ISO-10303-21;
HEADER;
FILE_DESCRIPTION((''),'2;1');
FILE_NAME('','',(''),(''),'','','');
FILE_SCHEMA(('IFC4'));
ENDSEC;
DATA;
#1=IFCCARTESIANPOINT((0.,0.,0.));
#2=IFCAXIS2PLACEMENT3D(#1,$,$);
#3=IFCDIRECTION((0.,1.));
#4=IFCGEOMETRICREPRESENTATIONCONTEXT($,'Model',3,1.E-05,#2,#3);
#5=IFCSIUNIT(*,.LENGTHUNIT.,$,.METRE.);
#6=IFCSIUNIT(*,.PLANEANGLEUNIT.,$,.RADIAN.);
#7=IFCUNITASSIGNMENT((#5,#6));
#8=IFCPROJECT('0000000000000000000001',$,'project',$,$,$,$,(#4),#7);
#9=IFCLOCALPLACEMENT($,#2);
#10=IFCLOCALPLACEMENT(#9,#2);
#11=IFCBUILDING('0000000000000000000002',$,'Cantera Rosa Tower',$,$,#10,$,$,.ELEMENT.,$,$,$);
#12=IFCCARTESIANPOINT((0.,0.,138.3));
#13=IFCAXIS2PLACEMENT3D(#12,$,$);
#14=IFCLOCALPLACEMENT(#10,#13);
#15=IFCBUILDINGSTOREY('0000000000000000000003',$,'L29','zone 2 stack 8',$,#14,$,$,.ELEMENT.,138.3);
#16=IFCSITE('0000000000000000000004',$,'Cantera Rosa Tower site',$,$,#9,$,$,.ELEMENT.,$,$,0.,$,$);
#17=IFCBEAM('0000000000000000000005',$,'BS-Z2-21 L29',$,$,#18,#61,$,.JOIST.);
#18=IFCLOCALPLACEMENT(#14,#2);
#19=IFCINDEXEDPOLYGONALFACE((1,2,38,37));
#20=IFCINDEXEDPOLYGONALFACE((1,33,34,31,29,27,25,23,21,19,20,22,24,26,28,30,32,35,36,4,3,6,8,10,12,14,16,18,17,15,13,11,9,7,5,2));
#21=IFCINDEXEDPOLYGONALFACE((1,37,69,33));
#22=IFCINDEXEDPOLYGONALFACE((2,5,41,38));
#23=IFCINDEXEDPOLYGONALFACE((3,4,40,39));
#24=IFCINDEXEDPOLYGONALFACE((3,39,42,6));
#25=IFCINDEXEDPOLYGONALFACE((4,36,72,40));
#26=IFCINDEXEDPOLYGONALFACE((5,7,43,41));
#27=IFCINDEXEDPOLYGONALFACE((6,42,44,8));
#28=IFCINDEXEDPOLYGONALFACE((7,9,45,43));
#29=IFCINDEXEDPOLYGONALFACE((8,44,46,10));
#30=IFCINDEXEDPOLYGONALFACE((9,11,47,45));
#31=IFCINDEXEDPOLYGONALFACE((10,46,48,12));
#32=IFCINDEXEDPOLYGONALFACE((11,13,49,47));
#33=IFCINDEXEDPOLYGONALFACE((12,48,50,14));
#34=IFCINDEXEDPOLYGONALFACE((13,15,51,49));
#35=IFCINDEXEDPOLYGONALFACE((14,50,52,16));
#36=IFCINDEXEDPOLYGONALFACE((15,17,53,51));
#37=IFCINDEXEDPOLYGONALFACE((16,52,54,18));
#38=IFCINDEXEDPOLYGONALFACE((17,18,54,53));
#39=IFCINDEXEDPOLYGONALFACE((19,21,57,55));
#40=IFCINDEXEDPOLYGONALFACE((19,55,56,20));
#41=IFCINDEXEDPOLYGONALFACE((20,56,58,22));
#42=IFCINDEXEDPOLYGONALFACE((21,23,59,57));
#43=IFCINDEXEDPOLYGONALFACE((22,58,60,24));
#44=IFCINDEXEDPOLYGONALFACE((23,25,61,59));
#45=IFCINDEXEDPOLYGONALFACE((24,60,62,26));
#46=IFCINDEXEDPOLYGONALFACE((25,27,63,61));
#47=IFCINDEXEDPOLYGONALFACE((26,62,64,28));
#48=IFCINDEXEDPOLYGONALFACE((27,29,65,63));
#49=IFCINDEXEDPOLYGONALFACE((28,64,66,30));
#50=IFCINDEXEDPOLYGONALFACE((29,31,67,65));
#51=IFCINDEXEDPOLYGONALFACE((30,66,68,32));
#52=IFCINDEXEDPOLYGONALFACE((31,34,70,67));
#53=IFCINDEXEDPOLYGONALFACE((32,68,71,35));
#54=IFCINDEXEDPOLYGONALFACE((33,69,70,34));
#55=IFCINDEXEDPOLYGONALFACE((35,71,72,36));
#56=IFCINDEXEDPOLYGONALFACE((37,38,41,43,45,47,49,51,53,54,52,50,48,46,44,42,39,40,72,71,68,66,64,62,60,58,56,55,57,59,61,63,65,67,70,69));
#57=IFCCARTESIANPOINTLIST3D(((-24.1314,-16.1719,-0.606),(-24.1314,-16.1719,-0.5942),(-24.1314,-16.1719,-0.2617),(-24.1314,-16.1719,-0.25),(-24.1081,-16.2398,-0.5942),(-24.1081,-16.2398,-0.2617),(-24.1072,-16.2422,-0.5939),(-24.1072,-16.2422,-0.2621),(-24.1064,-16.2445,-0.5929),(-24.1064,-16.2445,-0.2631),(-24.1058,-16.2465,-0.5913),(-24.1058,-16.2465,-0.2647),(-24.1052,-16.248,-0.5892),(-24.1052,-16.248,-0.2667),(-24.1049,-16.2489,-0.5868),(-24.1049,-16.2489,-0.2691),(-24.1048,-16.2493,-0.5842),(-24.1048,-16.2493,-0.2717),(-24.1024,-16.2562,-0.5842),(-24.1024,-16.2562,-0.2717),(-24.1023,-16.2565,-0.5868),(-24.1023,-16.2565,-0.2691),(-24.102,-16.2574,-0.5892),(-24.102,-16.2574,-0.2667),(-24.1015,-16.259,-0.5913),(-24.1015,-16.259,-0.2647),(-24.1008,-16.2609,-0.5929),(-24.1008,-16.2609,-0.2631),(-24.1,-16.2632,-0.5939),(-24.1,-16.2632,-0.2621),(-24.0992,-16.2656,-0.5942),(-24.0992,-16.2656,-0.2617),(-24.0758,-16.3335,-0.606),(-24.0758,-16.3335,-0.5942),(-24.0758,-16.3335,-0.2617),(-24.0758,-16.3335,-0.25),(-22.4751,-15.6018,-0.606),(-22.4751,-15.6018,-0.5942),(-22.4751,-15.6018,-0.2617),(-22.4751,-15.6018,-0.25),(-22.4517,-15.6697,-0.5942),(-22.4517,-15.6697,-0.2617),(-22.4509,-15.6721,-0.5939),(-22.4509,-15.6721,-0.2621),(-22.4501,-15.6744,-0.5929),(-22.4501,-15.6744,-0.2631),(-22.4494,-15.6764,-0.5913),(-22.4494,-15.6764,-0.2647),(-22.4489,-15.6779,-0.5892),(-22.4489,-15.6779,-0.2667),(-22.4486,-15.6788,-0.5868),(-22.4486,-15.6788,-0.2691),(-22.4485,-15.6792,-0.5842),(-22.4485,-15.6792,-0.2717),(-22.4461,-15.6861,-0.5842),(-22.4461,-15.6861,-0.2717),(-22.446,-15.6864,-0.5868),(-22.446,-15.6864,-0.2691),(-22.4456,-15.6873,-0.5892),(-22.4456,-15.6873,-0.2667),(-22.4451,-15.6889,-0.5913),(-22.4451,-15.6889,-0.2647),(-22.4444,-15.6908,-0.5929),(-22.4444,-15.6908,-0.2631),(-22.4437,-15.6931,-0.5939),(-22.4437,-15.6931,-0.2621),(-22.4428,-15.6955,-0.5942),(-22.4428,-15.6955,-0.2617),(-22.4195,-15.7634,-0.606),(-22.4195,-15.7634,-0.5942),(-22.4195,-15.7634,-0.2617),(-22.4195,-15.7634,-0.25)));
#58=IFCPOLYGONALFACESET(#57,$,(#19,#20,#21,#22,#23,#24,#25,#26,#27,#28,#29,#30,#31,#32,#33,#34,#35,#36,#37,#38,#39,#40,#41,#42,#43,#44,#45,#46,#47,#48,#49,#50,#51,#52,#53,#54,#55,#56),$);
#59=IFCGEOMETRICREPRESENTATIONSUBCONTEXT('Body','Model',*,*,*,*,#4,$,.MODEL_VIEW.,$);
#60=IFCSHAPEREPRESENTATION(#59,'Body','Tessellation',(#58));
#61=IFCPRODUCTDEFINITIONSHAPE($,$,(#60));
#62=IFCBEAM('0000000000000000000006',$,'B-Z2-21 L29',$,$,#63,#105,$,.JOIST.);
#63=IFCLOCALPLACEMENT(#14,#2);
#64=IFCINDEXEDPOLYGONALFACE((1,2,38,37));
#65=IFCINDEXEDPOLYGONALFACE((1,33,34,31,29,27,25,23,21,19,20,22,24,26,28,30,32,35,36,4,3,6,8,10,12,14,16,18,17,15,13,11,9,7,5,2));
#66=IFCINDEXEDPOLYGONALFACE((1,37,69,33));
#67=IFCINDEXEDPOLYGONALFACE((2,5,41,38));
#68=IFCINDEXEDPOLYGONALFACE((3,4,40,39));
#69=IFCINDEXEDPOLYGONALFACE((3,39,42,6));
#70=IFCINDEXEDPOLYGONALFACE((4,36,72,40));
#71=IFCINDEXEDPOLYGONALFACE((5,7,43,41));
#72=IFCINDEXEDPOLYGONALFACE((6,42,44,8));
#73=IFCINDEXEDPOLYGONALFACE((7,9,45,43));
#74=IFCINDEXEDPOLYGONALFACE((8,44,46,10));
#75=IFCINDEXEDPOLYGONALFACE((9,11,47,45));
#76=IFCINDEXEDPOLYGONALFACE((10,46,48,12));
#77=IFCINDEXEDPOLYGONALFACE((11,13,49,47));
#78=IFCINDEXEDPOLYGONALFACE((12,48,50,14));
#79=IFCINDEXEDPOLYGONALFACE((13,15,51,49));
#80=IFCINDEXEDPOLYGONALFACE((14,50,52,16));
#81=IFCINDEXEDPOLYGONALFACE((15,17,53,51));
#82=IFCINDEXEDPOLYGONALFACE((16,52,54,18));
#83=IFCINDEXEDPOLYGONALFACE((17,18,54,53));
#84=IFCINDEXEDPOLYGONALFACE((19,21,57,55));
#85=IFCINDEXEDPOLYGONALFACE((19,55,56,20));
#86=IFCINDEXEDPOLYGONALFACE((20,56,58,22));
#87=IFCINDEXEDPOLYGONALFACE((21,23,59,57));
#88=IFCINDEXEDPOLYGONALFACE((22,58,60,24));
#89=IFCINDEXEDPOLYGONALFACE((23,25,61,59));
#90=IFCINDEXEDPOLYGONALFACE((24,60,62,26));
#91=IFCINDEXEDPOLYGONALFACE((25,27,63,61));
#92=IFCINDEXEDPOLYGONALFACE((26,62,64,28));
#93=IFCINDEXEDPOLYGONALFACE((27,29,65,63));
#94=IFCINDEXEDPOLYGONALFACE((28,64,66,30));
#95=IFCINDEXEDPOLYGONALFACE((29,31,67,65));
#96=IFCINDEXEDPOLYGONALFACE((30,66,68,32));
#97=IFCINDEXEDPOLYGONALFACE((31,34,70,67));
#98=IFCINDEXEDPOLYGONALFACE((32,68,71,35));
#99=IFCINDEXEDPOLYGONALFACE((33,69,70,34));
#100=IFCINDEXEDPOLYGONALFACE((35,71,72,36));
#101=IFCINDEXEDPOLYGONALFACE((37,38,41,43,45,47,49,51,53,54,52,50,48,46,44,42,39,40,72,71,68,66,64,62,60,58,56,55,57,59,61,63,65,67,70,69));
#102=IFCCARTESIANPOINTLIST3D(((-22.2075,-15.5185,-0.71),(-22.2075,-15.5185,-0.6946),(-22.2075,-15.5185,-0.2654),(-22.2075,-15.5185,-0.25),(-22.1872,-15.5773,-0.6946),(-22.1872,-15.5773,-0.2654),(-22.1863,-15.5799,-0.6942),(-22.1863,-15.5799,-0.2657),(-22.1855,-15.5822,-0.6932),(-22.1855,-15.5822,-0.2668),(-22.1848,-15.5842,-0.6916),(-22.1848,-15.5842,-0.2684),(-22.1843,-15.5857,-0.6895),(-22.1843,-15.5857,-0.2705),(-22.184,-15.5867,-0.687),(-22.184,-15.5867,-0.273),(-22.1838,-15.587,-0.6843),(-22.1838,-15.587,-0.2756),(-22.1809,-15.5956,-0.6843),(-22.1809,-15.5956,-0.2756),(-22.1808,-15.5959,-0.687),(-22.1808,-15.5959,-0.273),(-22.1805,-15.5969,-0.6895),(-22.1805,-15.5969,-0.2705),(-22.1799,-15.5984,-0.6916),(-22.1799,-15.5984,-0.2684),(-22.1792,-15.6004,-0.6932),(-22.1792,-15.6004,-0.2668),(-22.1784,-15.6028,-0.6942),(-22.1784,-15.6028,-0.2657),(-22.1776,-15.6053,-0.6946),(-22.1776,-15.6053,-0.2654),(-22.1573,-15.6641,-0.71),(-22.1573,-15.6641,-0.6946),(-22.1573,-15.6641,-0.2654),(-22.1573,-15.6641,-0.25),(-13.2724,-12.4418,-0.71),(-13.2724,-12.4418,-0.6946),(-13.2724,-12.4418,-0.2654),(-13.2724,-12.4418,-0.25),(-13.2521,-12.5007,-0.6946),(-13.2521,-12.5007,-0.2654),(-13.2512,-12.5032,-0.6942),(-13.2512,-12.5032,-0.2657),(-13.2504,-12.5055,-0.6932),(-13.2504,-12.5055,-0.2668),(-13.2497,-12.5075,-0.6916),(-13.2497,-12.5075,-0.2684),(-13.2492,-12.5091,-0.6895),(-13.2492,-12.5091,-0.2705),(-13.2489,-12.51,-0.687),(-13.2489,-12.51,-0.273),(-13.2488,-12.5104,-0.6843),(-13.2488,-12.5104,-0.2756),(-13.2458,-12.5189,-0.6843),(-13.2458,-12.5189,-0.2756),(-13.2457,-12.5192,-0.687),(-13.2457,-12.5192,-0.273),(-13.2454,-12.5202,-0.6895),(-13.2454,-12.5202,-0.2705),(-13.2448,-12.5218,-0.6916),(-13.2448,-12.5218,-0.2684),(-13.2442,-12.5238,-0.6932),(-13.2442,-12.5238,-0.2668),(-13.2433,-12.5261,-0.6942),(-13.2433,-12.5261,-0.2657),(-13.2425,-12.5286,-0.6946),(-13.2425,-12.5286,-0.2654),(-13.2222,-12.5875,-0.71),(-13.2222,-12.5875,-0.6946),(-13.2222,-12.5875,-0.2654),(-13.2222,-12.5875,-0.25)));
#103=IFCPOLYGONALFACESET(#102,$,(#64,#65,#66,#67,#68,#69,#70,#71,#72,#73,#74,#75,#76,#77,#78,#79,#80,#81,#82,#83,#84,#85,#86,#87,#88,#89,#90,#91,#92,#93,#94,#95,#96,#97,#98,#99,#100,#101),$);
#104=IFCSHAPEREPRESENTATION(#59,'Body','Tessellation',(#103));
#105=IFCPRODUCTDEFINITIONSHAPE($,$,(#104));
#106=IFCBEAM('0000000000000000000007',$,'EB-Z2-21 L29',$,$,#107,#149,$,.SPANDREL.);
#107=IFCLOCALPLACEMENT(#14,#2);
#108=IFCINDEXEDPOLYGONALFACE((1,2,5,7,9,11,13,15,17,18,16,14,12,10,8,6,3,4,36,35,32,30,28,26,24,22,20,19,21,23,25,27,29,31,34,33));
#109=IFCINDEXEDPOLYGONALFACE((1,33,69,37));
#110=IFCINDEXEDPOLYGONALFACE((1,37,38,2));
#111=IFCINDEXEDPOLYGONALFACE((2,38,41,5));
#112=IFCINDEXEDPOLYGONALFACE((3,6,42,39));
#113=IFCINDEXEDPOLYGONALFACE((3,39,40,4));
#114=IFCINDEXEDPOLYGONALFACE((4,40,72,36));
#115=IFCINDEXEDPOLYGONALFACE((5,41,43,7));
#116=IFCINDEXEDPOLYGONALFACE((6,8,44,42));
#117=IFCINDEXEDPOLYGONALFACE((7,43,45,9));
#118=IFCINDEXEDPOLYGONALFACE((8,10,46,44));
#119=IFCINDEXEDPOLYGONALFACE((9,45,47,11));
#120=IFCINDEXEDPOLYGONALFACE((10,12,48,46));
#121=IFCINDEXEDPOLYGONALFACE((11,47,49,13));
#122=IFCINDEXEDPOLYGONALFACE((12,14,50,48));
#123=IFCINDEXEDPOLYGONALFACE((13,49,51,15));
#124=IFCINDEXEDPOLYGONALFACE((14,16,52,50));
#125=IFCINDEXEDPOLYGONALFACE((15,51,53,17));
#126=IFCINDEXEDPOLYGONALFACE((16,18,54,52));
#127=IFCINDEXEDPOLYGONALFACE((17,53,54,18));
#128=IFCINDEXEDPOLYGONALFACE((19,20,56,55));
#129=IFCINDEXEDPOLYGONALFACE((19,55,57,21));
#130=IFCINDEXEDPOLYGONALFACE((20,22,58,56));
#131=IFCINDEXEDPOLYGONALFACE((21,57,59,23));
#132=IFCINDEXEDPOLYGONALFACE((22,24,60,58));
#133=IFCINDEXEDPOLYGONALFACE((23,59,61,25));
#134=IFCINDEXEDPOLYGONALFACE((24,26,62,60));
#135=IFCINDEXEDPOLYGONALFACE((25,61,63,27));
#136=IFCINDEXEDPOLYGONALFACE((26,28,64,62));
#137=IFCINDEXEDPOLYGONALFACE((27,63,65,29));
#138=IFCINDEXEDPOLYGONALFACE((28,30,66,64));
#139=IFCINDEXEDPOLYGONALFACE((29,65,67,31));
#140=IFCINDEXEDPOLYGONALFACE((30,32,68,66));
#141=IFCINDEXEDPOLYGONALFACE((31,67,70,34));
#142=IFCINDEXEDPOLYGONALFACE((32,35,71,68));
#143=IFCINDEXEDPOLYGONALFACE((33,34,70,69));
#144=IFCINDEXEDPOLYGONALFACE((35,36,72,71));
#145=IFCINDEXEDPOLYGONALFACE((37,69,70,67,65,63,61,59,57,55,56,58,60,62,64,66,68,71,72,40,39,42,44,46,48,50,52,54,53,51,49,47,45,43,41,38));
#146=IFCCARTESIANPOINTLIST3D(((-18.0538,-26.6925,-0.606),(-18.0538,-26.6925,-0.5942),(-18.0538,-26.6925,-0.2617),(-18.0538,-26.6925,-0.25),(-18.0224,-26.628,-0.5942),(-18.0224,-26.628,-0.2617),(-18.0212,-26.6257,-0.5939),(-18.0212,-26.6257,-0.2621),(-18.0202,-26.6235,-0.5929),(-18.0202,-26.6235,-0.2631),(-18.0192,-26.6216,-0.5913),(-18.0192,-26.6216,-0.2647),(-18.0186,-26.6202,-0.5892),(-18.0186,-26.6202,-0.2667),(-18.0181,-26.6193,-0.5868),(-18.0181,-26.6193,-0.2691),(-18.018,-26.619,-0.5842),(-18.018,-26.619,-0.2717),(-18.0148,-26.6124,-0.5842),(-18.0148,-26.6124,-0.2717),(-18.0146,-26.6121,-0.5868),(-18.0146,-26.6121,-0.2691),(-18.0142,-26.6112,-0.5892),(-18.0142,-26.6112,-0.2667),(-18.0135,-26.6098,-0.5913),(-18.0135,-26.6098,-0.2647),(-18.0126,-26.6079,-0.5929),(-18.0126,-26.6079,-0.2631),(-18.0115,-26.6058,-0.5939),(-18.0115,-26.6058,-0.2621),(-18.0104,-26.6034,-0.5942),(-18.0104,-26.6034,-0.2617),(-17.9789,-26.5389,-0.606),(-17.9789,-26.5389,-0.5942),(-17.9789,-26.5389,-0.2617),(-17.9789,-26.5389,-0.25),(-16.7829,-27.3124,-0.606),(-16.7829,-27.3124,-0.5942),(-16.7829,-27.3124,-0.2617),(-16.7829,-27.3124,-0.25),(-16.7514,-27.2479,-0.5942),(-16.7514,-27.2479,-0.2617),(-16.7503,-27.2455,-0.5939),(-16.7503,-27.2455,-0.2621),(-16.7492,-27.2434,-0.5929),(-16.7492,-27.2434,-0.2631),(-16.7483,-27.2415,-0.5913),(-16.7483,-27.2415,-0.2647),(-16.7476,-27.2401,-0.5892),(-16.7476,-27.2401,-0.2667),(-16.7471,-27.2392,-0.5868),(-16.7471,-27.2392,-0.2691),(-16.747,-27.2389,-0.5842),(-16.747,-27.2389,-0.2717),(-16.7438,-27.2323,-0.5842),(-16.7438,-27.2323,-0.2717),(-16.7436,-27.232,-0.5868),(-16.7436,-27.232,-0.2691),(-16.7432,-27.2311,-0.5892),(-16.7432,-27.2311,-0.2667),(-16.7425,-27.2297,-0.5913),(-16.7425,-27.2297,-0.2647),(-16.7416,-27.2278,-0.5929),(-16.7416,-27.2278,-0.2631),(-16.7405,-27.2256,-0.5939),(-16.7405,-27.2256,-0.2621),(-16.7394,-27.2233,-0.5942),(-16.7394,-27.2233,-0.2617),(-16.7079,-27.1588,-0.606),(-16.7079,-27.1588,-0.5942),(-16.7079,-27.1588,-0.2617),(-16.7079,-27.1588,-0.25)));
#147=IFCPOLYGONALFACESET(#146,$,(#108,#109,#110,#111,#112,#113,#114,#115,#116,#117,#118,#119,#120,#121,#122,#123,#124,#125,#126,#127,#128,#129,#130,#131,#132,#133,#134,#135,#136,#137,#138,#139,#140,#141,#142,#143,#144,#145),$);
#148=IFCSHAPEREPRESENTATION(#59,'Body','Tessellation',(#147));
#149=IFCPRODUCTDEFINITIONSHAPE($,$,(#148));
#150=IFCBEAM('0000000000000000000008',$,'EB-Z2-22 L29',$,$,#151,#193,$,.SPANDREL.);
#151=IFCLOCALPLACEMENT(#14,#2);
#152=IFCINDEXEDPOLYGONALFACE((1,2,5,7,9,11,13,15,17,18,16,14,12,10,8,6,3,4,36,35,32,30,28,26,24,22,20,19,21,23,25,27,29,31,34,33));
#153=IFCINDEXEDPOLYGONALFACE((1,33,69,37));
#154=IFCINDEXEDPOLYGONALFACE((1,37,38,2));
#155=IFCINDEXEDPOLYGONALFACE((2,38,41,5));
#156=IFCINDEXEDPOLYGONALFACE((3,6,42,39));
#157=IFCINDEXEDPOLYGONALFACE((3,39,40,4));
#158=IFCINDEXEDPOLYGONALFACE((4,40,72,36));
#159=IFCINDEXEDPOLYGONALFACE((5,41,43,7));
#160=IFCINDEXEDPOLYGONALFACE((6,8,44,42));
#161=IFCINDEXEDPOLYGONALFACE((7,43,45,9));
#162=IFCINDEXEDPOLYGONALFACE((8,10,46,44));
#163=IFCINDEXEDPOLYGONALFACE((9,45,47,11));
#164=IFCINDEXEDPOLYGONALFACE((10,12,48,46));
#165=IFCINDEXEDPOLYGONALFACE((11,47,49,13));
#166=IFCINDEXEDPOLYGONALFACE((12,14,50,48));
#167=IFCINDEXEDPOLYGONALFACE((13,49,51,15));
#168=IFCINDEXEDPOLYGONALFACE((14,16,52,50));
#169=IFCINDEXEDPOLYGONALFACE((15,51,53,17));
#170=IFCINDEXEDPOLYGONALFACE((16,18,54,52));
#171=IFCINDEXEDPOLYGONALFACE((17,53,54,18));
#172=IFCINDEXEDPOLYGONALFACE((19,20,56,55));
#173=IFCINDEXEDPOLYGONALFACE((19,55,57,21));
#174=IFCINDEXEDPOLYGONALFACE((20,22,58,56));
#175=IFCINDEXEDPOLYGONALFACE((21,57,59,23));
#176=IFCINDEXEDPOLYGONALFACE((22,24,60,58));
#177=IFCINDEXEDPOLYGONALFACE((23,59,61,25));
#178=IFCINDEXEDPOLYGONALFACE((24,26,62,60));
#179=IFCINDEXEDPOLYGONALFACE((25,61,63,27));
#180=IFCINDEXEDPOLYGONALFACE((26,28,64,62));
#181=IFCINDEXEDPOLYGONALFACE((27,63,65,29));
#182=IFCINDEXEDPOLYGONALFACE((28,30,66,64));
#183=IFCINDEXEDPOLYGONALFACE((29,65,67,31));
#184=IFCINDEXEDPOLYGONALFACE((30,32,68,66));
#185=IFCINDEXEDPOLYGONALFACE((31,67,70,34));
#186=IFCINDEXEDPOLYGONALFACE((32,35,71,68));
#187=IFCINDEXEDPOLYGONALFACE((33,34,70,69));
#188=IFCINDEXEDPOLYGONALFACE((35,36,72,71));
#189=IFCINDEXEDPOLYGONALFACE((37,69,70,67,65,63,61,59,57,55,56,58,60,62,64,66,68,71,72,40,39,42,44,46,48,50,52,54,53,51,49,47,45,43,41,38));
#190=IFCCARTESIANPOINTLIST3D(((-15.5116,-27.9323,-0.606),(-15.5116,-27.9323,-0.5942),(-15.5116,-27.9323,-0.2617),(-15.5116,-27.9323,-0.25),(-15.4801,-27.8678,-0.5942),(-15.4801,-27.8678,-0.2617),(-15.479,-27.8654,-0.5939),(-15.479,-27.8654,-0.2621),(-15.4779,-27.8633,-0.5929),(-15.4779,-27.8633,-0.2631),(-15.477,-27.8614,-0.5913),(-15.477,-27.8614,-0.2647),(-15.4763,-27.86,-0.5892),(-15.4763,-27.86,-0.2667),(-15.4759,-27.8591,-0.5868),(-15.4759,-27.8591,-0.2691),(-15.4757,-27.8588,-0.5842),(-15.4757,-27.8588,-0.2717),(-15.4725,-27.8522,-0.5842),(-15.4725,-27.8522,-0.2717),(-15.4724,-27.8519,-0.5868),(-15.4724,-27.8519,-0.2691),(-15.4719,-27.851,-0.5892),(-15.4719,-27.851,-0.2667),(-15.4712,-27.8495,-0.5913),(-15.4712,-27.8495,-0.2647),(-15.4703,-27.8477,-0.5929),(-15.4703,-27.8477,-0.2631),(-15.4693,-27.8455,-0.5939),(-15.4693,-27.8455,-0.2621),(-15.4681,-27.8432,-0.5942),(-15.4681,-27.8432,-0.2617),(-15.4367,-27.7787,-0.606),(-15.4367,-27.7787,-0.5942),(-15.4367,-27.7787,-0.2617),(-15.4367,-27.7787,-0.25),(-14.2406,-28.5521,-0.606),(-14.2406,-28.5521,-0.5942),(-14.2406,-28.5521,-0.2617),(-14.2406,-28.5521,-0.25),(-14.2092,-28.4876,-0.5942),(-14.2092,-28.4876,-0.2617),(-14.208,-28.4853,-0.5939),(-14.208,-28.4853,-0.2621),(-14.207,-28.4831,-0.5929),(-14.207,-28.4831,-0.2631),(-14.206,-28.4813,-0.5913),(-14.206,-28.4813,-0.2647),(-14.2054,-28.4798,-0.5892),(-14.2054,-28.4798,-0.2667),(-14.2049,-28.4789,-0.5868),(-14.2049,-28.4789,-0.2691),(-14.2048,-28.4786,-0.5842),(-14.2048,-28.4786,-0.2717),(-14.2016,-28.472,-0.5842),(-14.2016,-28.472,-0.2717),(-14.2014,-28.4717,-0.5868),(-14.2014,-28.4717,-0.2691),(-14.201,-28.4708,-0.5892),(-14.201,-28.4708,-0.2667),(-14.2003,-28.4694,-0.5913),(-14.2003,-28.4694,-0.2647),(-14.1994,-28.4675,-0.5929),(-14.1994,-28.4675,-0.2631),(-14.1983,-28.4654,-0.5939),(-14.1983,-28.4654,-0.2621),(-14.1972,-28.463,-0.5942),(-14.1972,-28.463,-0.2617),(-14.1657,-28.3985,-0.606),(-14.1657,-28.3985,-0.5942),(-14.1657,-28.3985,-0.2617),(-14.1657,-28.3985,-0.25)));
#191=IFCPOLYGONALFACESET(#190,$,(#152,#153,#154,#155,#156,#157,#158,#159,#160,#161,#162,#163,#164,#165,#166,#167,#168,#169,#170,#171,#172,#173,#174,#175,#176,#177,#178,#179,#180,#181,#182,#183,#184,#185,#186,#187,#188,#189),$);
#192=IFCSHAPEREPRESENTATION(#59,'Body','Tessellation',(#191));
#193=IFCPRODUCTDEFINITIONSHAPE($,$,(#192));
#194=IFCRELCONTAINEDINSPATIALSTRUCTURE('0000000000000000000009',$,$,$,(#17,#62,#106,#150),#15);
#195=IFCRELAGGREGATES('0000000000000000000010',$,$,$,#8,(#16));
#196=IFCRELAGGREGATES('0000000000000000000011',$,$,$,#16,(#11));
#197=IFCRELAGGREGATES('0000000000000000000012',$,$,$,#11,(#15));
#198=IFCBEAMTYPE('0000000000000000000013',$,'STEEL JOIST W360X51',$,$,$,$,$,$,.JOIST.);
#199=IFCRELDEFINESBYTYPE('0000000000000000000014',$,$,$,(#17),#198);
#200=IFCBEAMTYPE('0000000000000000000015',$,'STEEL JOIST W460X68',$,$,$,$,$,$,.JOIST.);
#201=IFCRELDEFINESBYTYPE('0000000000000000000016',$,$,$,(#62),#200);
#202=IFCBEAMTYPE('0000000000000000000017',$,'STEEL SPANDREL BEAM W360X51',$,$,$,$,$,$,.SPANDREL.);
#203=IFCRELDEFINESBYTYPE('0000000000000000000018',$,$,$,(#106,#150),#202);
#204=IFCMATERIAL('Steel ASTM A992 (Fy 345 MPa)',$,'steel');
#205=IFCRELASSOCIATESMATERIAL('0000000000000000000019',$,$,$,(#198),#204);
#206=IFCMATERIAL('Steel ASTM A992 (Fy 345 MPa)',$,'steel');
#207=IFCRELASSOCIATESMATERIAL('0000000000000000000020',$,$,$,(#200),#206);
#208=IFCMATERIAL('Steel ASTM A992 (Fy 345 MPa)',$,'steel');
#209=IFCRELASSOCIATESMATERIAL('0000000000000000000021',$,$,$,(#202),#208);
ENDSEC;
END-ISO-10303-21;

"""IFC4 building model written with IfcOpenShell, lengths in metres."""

from ifc_helpers import new_model, si_unit, direction, frame, origin, origin_2d, place, context, subcontext, project, spatial, i_section, extrude, material, material_profile, profile_set, type_object, element, save


model = new_model("IFC4")

# Units and contexts
model_context = context("Model", 3, precision=1e-05, world=origin(), true_north=direction((0.0, 1.0)))
body_context = subcontext(model_context, "Body", "Model", "MODEL_VIEW")
ifc_project = project(units=[si_unit("LENGTHUNIT", "METRE"), si_unit("PLANEANGLEUNIT", "RADIAN")], contexts=[model_context])

# Site, building, storey
site_placement = place(None, origin())
site = spatial("IfcSite", under=ifc_project, at=site_placement, Name="Cantera Rosa Tower site", CompositionType="ELEMENT", RefElevation=0.0)
building_placement = place(site_placement, origin())
building = spatial("IfcBuilding", under=site, at=building_placement, Name="Cantera Rosa Tower", CompositionType="ELEMENT")
storey_placement = place(building_placement, frame((0.0, 0.0, 138.3)))
storey = spatial("IfcBuildingStorey", under=building, at=storey_placement, Name="L29", Description="zone 2 stack 8", CompositionType="ELEMENT", Elevation=138.3)

# Beams
ifc_material_1 = material(Name="Steel ASTM A992 (Fy 345 MPa)", Category="steel")
ifc_material_profile_1 = material_profile(ifc_material_1, i_section(OverallWidth=0.1709, OverallDepth=0.356, WebThickness=0.0073, FlangeThickness=0.0117, FilletRadius=0.01, at=origin_2d()), Name="W360X51")
ifc_profile_set_1 = profile_set([ifc_material_profile_1], Name="Steel ASTM A992 (Fy 345 MPa)")
beam_type_1 = type_object("IfcBeamType", Name="STEEL JOIST W360X51", PredefinedType="JOIST", material=ifc_profile_set_1)
beam_1_placement = place(storey_placement, frame((-22.4473, -15.6826, -0.428), z_axis=(-0.945558, -0.325454, 0.0), x_axis=(0.325454, -0.945558, 0.0)))
element("IfcBeam", 1, at=beam_1_placement, inside=storey, type_object=beam_type_1, Name="BS-Z2-21 L29", PredefinedType="JOIST", context=body_context, shape_type="SweptSolid", body=[
    extrude(i_section(OverallWidth=0.1709, OverallDepth=0.356, WebThickness=0.0073, FlangeThickness=0.0117, FilletRadius=0.01, at=origin_2d()), origin(), (0.0, 0.0, 1.0), 1.7517),
])
ifc_material_2 = material(Name="Steel ASTM A992 (Fy 345 MPa)", Category="steel")
ifc_material_profile_2 = material_profile(ifc_material_2, i_section(OverallWidth=0.1541, OverallDepth=0.46, WebThickness=0.009, FlangeThickness=0.0154, FilletRadius=0.0103, at=origin_2d()), Name="W460X68")
ifc_profile_set_2 = profile_set([ifc_material_profile_2], Name="Steel ASTM A992 (Fy 345 MPa)")
beam_type_2 = type_object("IfcBeamType", Name="STEEL JOIST W460X68", PredefinedType="JOIST", material=ifc_profile_set_2)
beam_2_placement = place(storey_placement, frame((-22.1824, -15.5913, -0.48), z_axis=(0.945516, 0.325575, 0.0), x_axis=(-0.325575, 0.945516, 0.0)))
element("IfcBeam", 2, at=beam_2_placement, inside=storey, type_object=beam_type_2, Name="B-Z2-21 L29", PredefinedType="JOIST", context=body_context, shape_type="SweptSolid", body=[
    extrude(i_section(OverallWidth=0.1541, OverallDepth=0.46, WebThickness=0.009, FlangeThickness=0.0154, FilletRadius=0.0103, at=origin_2d()), origin(), (0.0, 0.0, 1.0), 9.45),
])
ifc_material_3 = material(Name="Steel ASTM A992 (Fy 345 MPa)", Category="steel")
ifc_material_profile_3 = material_profile(ifc_material_3, i_section(OverallWidth=0.1709, OverallDepth=0.356, WebThickness=0.0073, FlangeThickness=0.0117, FilletRadius=0.01, at=origin_2d()), Name="W360X51")
ifc_profile_set_3 = profile_set([ifc_material_profile_3], Name="Steel ASTM A992 (Fy 345 MPa)")
beam_type_3 = type_object("IfcBeamType", Name="STEEL SPANDREL BEAM W360X51", PredefinedType="SPANDREL", material=ifc_profile_set_3)
for number, where, z_axis, x_axis, name in (
    (3, (-18.0164, -26.6157, -0.428), (0.898803, -0.438352, 0.0), (0.438352, 0.898803, 0.0), "EB-Z2-21 L29"),
    (4, (-15.4741, -27.8555, -0.428), (0.898803, -0.438352, 0.0), (0.438352, 0.898803, 0.0), "EB-Z2-22 L29"),
):
    element("IfcBeam", number, at=place(storey_placement, frame(where, z_axis=z_axis, x_axis=x_axis)), inside=storey, type_object=beam_type_3, Name=name, PredefinedType="SPANDREL", context=body_context, shape_type="SweptSolid", body=[
        extrude(i_section(OverallWidth=0.1709, OverallDepth=0.356, WebThickness=0.0073, FlangeThickness=0.0117, FilletRadius=0.01, at=origin_2d()), origin(), (0.0, 0.0, 1.0), 1.4141),
    ])

save(model, "model.ifc")
